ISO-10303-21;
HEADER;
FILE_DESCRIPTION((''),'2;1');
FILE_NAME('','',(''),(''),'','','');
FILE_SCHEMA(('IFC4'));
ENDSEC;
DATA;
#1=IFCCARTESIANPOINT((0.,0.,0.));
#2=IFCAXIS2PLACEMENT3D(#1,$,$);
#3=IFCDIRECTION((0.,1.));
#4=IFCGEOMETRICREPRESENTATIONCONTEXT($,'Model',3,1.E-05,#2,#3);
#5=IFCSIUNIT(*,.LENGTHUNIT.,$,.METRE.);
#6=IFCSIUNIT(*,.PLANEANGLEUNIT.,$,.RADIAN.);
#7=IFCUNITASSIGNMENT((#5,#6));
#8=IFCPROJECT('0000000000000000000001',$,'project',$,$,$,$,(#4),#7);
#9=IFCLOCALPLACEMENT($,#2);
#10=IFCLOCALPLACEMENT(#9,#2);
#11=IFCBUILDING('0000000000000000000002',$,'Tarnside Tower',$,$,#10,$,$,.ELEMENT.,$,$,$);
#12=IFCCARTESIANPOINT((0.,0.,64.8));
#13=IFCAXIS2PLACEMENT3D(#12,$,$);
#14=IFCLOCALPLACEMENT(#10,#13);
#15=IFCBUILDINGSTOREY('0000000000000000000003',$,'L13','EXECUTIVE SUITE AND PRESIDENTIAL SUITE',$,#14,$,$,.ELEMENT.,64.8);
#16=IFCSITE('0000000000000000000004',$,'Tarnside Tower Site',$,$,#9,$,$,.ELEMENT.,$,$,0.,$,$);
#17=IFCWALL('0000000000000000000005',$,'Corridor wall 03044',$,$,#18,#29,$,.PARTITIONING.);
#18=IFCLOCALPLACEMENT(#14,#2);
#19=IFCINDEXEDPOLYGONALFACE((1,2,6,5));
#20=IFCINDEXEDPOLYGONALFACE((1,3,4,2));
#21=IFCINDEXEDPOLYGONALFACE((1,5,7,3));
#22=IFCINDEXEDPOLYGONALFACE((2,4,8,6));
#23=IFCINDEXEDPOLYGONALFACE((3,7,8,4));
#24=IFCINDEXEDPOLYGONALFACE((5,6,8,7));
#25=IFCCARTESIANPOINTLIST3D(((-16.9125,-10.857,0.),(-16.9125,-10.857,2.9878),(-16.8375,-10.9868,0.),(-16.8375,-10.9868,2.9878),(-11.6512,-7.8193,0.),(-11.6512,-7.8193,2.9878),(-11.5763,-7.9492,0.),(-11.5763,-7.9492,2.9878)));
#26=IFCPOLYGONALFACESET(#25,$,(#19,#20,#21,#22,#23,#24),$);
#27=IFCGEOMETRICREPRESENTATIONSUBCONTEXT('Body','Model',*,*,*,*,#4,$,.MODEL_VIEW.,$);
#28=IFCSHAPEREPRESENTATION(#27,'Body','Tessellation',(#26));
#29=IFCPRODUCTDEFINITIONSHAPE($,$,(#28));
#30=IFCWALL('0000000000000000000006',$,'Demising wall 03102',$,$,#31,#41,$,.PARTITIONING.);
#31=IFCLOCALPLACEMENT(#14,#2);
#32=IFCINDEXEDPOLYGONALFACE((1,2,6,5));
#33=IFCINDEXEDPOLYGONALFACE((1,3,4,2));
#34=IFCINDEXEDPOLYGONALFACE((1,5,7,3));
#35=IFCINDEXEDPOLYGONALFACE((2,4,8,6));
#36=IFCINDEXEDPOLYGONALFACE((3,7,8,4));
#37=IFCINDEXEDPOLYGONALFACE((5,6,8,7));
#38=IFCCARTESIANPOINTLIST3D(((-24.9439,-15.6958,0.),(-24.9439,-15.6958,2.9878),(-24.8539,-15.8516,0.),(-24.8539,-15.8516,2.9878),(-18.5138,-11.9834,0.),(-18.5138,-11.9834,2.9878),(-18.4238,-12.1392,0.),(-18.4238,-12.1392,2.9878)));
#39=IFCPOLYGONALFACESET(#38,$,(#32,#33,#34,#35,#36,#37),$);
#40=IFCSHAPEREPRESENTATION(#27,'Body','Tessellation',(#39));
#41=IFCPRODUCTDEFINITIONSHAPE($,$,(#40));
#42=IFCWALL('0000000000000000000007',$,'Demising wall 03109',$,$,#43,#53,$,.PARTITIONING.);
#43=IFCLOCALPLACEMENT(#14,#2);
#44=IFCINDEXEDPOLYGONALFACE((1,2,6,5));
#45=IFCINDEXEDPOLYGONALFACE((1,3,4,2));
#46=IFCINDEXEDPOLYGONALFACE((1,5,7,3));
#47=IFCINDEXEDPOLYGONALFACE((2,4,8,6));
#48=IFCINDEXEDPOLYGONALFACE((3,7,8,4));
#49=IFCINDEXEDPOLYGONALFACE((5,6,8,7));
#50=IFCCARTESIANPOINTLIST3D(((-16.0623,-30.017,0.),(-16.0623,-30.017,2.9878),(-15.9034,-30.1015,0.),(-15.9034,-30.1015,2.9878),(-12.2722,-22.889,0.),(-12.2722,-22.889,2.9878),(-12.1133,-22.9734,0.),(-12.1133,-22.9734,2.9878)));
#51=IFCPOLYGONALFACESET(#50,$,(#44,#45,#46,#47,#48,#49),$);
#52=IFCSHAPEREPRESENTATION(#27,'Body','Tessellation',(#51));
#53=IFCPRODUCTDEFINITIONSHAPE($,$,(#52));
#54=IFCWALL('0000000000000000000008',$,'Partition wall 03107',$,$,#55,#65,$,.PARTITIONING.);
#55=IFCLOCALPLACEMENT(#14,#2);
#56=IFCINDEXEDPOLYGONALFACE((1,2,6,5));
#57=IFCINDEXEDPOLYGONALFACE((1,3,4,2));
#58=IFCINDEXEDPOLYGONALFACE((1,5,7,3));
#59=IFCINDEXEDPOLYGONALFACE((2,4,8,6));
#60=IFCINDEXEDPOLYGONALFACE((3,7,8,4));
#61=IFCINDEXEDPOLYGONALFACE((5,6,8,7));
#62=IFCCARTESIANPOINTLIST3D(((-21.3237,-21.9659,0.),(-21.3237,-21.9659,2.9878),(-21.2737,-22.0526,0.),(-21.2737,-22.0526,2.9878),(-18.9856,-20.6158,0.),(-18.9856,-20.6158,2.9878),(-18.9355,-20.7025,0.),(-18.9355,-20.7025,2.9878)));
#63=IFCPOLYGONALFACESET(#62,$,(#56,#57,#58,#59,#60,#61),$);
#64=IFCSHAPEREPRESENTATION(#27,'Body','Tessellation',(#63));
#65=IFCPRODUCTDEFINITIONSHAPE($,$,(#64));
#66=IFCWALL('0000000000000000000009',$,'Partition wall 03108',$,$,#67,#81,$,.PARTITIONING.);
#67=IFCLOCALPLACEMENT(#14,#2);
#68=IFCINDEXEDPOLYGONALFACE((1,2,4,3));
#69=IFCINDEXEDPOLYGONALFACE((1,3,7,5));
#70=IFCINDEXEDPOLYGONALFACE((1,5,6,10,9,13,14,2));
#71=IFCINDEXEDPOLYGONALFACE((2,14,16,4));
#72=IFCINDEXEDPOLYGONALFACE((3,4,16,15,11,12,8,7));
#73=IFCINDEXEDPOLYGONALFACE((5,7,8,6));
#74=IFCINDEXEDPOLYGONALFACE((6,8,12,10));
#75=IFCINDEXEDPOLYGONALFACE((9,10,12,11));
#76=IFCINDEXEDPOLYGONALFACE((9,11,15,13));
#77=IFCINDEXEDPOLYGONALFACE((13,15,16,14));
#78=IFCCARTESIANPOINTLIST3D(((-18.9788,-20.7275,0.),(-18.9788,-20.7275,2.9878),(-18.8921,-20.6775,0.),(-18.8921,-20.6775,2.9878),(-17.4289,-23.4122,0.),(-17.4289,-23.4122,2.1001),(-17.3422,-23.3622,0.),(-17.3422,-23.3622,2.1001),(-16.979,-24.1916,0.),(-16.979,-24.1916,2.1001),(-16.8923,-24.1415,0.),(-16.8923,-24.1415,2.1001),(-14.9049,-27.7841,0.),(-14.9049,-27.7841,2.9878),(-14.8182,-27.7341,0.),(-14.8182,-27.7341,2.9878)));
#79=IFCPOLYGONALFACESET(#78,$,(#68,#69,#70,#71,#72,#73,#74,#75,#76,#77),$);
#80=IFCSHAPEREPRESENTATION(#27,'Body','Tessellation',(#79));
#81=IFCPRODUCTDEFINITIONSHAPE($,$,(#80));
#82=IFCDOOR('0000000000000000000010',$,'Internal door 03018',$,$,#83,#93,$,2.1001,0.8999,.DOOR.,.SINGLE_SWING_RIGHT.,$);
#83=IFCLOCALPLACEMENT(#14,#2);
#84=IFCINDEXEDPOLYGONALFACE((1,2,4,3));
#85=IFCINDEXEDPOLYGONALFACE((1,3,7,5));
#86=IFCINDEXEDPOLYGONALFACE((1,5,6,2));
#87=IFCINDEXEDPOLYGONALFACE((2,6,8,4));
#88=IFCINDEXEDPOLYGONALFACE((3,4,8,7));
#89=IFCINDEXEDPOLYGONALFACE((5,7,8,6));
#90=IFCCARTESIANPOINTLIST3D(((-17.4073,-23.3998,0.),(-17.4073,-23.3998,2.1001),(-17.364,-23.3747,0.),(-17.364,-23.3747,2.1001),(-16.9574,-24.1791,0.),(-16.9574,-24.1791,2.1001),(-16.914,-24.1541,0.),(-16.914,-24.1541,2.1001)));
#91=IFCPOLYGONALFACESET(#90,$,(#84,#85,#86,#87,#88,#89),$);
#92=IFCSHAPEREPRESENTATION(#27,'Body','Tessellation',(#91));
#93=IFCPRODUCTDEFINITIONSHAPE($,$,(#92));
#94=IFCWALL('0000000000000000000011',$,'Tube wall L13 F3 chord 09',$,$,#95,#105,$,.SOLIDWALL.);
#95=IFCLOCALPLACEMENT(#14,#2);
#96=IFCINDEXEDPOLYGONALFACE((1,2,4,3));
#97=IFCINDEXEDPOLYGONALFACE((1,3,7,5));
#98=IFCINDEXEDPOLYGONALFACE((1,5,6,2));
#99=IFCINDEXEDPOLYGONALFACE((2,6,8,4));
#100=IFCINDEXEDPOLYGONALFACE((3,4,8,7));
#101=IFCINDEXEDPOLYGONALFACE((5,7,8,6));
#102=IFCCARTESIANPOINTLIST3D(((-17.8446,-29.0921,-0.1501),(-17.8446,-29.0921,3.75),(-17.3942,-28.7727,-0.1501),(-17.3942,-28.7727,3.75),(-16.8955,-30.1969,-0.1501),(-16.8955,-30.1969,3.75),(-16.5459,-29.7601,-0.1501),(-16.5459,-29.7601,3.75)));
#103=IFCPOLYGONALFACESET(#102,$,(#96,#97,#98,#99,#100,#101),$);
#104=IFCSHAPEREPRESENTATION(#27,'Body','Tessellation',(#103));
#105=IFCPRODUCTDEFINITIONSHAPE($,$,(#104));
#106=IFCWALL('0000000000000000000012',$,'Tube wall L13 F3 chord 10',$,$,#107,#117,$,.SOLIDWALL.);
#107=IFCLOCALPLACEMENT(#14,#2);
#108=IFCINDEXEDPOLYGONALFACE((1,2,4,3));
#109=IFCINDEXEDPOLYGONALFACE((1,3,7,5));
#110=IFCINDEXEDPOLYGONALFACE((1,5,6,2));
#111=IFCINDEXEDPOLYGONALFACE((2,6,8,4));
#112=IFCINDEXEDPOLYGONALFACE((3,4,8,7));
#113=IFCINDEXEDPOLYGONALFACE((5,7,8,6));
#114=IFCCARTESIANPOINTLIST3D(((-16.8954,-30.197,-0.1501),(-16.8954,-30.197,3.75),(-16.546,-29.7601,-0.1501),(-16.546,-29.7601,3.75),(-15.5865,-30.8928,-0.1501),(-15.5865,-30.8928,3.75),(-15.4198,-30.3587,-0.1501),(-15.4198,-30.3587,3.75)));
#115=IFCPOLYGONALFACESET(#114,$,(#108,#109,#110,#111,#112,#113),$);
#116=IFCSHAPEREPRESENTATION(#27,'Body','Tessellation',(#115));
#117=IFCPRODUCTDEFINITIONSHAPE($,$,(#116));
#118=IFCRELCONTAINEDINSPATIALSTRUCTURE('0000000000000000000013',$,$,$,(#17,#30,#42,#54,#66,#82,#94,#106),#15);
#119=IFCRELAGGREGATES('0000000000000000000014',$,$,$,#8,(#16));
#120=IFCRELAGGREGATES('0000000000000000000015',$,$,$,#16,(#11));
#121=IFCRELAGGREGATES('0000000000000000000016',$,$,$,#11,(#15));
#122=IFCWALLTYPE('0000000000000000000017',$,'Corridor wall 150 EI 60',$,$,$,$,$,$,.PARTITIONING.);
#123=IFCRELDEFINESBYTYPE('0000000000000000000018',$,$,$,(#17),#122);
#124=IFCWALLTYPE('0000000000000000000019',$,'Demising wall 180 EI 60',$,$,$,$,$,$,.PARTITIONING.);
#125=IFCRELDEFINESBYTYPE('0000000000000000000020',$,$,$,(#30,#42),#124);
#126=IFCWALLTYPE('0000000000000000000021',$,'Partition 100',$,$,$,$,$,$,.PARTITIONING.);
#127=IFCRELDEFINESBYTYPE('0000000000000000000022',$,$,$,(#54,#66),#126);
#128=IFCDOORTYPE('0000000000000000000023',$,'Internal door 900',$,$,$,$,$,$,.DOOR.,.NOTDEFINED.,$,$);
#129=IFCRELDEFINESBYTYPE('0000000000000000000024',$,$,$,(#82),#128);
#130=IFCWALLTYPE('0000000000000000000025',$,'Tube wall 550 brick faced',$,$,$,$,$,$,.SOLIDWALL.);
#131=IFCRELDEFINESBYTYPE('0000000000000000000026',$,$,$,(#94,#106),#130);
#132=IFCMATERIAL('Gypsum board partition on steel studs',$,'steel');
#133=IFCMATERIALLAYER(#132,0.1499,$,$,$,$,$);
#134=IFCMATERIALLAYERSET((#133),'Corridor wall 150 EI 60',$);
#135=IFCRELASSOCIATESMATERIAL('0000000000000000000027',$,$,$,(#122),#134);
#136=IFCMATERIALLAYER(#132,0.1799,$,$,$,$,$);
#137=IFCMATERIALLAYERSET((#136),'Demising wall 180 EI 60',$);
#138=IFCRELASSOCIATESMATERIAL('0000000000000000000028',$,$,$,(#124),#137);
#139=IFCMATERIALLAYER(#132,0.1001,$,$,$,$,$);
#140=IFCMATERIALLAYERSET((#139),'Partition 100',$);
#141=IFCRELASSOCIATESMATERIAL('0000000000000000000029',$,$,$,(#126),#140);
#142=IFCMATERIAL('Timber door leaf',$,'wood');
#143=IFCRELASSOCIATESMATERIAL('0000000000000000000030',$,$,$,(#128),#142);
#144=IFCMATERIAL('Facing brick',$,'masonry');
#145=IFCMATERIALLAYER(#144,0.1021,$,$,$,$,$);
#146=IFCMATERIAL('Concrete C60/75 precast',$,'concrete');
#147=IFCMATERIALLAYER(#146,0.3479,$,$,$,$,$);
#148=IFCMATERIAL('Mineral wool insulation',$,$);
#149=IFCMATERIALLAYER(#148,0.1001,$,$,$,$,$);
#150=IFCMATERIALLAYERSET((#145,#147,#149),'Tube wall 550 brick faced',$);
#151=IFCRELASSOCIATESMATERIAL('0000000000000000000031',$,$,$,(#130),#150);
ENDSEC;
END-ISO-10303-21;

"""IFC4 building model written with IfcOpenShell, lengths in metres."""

from ifc_helpers import new_model, si_unit, direction, frame, frame_2d, origin, place, context, subcontext, project, spatial, polyline, rectangle, outline, extrude, material, layer, layer_set, type_object, element, fill, save


model = new_model("IFC4")

# Units and contexts
model_context = context("Model", 3, precision=1e-05, world=origin(), true_north=direction((0.0, 1.0)))
body_context = subcontext(model_context, "Body", "Model", "MODEL_VIEW")
ifc_project = project(units=[si_unit("LENGTHUNIT", "METRE"), si_unit("PLANEANGLEUNIT", "RADIAN")], contexts=[model_context])

# Site, building, storey
site_placement = place(None, origin())
site = spatial("IfcSite", under=ifc_project, at=site_placement, Name="Tarnside Tower Site", CompositionType="ELEMENT", RefElevation=0.0)
building_placement = place(site_placement, origin())
building = spatial("IfcBuilding", under=site, at=building_placement, Name="Tarnside Tower", CompositionType="ELEMENT")
storey_placement = place(building_placement, frame((0.0, 0.0, 64.8)))
storey = spatial("IfcBuildingStorey", under=building, at=storey_placement, Name="L13", Description="EXECUTIVE SUITE AND PRESIDENTIAL SUITE", CompositionType="ELEMENT", Elevation=64.8)

# Shared definitions
ifc_material_1 = material(Name="Gypsum board partition on steel studs", Category="steel")
ifc_material_2 = material(Name="Timber door leaf", Category="wood")

# Walls
ifc_layer_1 = layer(ifc_material_1, 0.1499)
ifc_layer_set_1 = layer_set([ifc_layer_1], Name="Corridor wall 150 EI 60")
wall_type_1 = type_object("IfcWallType", Name="Corridor wall 150 EI 60", PredefinedType="PARTITIONING", material=ifc_layer_set_1)
wall_1_placement = place(storey_placement, frame((-16.875, -10.9219, 0.0), z_axis=(0.0, 0.0, 1.0), x_axis=(0.866024, 0.500003, 0.0)))
element("IfcWall", 1, at=wall_1_placement, inside=storey, type_object=wall_type_1, Name="Corridor wall 03044", PredefinedType="PARTITIONING", context=body_context, shape_type="SweptSolid", body=[
    extrude(rectangle(XDim=6.0752, YDim=0.1499, at=frame_2d((3.0376, 0.0))), origin(), (0.0, 0.0, 1.0), 2.9878),
])
ifc_layer_2 = layer(ifc_material_1, 0.1799)
ifc_layer_set_2 = layer_set([ifc_layer_2], Name="Demising wall 180 EI 60")
wall_type_2 = type_object("IfcWallType", Name="Demising wall 180 EI 60", PredefinedType="PARTITIONING", material=ifc_layer_set_2)
wall_2_placement = place(storey_placement, frame((-24.8989, -15.7737, 0.0), z_axis=(0.0, 0.0, 1.0), x_axis=(0.866029, 0.499994, 0.0)))
element("IfcWall", 2, at=wall_2_placement, inside=storey, type_object=wall_type_2, Name="Demising wall 03102", PredefinedType="PARTITIONING", context=body_context, shape_type="SweptSolid", body=[
    extrude(rectangle(XDim=7.4248, YDim=0.1799, at=frame_2d((3.7124, 0.0))), origin(), (0.0, 0.0, 1.0), 2.9878),
])
wall_3_placement = place(storey_placement, frame((-15.9829, -30.0593, 0.0), z_axis=(0.0, 0.0, 1.0), x_axis=(0.469477, 0.882945, 0.0)))
element("IfcWall", 3, at=wall_3_placement, inside=storey, type_object=wall_type_2, Name="Demising wall 03109", PredefinedType="PARTITIONING", context=body_context, shape_type="SweptSolid", body=[
    extrude(rectangle(XDim=8.073, YDim=0.1799, at=frame_2d((4.0366, 0.0))), origin(), (0.0, 0.0, 1.0), 2.9878),
])
ifc_layer_3 = layer(ifc_material_1, 0.1001)
ifc_layer_set_3 = layer_set([ifc_layer_3], Name="Partition 100")
wall_type_3 = type_object("IfcWallType", Name="Partition 100", PredefinedType="PARTITIONING", material=ifc_layer_set_3)
wall_4_placement = place(storey_placement, frame((-21.2988, -22.0093, 0.0), z_axis=(0.0, 0.0, 1.0), x_axis=(0.865997, 0.500049, 0.0)))
element("IfcWall", 4, at=wall_4_placement, inside=storey, type_object=wall_type_3, Name="Partition wall 03107", PredefinedType="PARTITIONING", context=body_context, shape_type="SweptSolid", body=[
    extrude(rectangle(XDim=2.7, YDim=0.1001, at=frame_2d((1.3501, 0.0))), origin(), (0.0, 0.0, 1.0), 2.9878),
])

# Wall, opening, door
wall_5_placement = place(storey_placement, frame((-18.9355, -20.7024, 0.0), z_axis=(0.0, 0.0, 1.0), x_axis=(0.499984, -0.866035, 0.0)))
wall_5 = element("IfcWall", 5, at=wall_5_placement, inside=storey, type_object=wall_type_3, Name="Partition wall 03108", PredefinedType="PARTITIONING", context=body_context, shape_type="SweptSolid", body=[
    extrude(rectangle(XDim=8.1482, YDim=0.1001, at=frame_2d((4.0742, 0.0))), origin(), (0.0, 0.0, 1.0), 2.9878),
])
opening_1_placement = place(wall_5_placement, frame((3.1001, 0.0, 0.0)))
opening_1 = element("IfcOpeningElement", 6, at=opening_1_placement, cuts=wall_5, PredefinedType="OPENING", context=body_context, shape_type="SweptSolid", body=[
    extrude(rectangle(XDim=0.8999, YDim=2.1001, at=frame_2d((0.45, 1.05))), frame((0.0, 0.0601, 0.0), z_axis=(0.0, -1.0, 0.0), x_axis=(1.0, 0.0, 0.0)), (0.0, 0.0, 1.0), 0.1201),
])
door_type_1 = type_object("IfcDoorType", Name="Internal door 900", OperationType="NOTDEFINED", PredefinedType="DOOR", material=ifc_material_2)
door_1_placement = place(opening_1_placement, origin())
door_1 = element("IfcDoor", 7, at=door_1_placement, inside=storey, type_object=door_type_1, Name="Internal door 03018", OperationType="SINGLE_SWING_RIGHT", OverallHeight=2.1001, OverallWidth=0.8999, PredefinedType="DOOR", context=body_context, shape_type="SweptSolid", body=[
    extrude(rectangle(XDim=0.8999, YDim=2.1001, at=frame_2d((0.45, 1.05))), frame((0.0, 0.0249, 0.0), z_axis=(0.0, -1.0, 0.0), x_axis=(1.0, 0.0, 0.0)), (0.0, 0.0, 1.0), 0.05),
])
fill(opening_1, door_1)

# Walls
ifc_material_3 = material(Name="Facing brick", Category="masonry")
ifc_layer_4 = layer(ifc_material_3, 0.1021)
ifc_material_4 = material(Name="Concrete C60/75 precast", Category="concrete")
ifc_layer_5 = layer(ifc_material_4, 0.3479)
ifc_material_5 = material(Name="Mineral wool insulation")
ifc_layer_6 = layer(ifc_material_5, 0.1001)
ifc_layer_set_4 = layer_set([ifc_layer_4, ifc_layer_5, ifc_layer_6], Name="Tube wall 550 brick faced")
wall_type_4 = type_object("IfcWallType", Name="Tube wall 550 brick faced", PredefinedType="SOLIDWALL", material=ifc_layer_set_4)
wall_6_placement = place(storey_placement, frame((-17.6194, -28.9324, -0.1501), z_axis=(0.0, 0.0, 1.0), x_axis=(0.651622, -0.758544, 0.0)))
element("IfcWall", 8, at=wall_6_placement, inside=storey, type_object=wall_type_4, Name="Tube wall L13 F3 chord 09", PredefinedType="SOLIDWALL", context=body_context, shape_type="SweptSolid", body=[
    extrude(outline(polyline([(-0.0256, -0.2749), (1.4309, -0.2749), (1.3274, 0.2749), (0.0256, 0.2749), (-0.0256, -0.2749)])), origin(), (0.0, 0.0, 1.0), 3.9001),
])
wall_7_placement = place(storey_placement, frame((-16.7207, -29.9785, -0.1501), z_axis=(0.0, 0.0, 1.0), x_axis=(0.882994, -0.469384, 0.0)))
element("IfcWall", 9, at=wall_7_placement, inside=storey, type_object=wall_type_4, Name="Tube wall L13 F3 chord 10", PredefinedType="SOLIDWALL", context=body_context, shape_type="SweptSolid", body=[
    extrude(outline(polyline([(-0.0518, -0.2749), (1.4307, -0.2749), (1.3271, 0.2749), (0.0518, 0.2749), (-0.0518, -0.2749)])), origin(), (0.0, 0.0, 1.0), 3.9001),
])

save(model, "model.ifc")
